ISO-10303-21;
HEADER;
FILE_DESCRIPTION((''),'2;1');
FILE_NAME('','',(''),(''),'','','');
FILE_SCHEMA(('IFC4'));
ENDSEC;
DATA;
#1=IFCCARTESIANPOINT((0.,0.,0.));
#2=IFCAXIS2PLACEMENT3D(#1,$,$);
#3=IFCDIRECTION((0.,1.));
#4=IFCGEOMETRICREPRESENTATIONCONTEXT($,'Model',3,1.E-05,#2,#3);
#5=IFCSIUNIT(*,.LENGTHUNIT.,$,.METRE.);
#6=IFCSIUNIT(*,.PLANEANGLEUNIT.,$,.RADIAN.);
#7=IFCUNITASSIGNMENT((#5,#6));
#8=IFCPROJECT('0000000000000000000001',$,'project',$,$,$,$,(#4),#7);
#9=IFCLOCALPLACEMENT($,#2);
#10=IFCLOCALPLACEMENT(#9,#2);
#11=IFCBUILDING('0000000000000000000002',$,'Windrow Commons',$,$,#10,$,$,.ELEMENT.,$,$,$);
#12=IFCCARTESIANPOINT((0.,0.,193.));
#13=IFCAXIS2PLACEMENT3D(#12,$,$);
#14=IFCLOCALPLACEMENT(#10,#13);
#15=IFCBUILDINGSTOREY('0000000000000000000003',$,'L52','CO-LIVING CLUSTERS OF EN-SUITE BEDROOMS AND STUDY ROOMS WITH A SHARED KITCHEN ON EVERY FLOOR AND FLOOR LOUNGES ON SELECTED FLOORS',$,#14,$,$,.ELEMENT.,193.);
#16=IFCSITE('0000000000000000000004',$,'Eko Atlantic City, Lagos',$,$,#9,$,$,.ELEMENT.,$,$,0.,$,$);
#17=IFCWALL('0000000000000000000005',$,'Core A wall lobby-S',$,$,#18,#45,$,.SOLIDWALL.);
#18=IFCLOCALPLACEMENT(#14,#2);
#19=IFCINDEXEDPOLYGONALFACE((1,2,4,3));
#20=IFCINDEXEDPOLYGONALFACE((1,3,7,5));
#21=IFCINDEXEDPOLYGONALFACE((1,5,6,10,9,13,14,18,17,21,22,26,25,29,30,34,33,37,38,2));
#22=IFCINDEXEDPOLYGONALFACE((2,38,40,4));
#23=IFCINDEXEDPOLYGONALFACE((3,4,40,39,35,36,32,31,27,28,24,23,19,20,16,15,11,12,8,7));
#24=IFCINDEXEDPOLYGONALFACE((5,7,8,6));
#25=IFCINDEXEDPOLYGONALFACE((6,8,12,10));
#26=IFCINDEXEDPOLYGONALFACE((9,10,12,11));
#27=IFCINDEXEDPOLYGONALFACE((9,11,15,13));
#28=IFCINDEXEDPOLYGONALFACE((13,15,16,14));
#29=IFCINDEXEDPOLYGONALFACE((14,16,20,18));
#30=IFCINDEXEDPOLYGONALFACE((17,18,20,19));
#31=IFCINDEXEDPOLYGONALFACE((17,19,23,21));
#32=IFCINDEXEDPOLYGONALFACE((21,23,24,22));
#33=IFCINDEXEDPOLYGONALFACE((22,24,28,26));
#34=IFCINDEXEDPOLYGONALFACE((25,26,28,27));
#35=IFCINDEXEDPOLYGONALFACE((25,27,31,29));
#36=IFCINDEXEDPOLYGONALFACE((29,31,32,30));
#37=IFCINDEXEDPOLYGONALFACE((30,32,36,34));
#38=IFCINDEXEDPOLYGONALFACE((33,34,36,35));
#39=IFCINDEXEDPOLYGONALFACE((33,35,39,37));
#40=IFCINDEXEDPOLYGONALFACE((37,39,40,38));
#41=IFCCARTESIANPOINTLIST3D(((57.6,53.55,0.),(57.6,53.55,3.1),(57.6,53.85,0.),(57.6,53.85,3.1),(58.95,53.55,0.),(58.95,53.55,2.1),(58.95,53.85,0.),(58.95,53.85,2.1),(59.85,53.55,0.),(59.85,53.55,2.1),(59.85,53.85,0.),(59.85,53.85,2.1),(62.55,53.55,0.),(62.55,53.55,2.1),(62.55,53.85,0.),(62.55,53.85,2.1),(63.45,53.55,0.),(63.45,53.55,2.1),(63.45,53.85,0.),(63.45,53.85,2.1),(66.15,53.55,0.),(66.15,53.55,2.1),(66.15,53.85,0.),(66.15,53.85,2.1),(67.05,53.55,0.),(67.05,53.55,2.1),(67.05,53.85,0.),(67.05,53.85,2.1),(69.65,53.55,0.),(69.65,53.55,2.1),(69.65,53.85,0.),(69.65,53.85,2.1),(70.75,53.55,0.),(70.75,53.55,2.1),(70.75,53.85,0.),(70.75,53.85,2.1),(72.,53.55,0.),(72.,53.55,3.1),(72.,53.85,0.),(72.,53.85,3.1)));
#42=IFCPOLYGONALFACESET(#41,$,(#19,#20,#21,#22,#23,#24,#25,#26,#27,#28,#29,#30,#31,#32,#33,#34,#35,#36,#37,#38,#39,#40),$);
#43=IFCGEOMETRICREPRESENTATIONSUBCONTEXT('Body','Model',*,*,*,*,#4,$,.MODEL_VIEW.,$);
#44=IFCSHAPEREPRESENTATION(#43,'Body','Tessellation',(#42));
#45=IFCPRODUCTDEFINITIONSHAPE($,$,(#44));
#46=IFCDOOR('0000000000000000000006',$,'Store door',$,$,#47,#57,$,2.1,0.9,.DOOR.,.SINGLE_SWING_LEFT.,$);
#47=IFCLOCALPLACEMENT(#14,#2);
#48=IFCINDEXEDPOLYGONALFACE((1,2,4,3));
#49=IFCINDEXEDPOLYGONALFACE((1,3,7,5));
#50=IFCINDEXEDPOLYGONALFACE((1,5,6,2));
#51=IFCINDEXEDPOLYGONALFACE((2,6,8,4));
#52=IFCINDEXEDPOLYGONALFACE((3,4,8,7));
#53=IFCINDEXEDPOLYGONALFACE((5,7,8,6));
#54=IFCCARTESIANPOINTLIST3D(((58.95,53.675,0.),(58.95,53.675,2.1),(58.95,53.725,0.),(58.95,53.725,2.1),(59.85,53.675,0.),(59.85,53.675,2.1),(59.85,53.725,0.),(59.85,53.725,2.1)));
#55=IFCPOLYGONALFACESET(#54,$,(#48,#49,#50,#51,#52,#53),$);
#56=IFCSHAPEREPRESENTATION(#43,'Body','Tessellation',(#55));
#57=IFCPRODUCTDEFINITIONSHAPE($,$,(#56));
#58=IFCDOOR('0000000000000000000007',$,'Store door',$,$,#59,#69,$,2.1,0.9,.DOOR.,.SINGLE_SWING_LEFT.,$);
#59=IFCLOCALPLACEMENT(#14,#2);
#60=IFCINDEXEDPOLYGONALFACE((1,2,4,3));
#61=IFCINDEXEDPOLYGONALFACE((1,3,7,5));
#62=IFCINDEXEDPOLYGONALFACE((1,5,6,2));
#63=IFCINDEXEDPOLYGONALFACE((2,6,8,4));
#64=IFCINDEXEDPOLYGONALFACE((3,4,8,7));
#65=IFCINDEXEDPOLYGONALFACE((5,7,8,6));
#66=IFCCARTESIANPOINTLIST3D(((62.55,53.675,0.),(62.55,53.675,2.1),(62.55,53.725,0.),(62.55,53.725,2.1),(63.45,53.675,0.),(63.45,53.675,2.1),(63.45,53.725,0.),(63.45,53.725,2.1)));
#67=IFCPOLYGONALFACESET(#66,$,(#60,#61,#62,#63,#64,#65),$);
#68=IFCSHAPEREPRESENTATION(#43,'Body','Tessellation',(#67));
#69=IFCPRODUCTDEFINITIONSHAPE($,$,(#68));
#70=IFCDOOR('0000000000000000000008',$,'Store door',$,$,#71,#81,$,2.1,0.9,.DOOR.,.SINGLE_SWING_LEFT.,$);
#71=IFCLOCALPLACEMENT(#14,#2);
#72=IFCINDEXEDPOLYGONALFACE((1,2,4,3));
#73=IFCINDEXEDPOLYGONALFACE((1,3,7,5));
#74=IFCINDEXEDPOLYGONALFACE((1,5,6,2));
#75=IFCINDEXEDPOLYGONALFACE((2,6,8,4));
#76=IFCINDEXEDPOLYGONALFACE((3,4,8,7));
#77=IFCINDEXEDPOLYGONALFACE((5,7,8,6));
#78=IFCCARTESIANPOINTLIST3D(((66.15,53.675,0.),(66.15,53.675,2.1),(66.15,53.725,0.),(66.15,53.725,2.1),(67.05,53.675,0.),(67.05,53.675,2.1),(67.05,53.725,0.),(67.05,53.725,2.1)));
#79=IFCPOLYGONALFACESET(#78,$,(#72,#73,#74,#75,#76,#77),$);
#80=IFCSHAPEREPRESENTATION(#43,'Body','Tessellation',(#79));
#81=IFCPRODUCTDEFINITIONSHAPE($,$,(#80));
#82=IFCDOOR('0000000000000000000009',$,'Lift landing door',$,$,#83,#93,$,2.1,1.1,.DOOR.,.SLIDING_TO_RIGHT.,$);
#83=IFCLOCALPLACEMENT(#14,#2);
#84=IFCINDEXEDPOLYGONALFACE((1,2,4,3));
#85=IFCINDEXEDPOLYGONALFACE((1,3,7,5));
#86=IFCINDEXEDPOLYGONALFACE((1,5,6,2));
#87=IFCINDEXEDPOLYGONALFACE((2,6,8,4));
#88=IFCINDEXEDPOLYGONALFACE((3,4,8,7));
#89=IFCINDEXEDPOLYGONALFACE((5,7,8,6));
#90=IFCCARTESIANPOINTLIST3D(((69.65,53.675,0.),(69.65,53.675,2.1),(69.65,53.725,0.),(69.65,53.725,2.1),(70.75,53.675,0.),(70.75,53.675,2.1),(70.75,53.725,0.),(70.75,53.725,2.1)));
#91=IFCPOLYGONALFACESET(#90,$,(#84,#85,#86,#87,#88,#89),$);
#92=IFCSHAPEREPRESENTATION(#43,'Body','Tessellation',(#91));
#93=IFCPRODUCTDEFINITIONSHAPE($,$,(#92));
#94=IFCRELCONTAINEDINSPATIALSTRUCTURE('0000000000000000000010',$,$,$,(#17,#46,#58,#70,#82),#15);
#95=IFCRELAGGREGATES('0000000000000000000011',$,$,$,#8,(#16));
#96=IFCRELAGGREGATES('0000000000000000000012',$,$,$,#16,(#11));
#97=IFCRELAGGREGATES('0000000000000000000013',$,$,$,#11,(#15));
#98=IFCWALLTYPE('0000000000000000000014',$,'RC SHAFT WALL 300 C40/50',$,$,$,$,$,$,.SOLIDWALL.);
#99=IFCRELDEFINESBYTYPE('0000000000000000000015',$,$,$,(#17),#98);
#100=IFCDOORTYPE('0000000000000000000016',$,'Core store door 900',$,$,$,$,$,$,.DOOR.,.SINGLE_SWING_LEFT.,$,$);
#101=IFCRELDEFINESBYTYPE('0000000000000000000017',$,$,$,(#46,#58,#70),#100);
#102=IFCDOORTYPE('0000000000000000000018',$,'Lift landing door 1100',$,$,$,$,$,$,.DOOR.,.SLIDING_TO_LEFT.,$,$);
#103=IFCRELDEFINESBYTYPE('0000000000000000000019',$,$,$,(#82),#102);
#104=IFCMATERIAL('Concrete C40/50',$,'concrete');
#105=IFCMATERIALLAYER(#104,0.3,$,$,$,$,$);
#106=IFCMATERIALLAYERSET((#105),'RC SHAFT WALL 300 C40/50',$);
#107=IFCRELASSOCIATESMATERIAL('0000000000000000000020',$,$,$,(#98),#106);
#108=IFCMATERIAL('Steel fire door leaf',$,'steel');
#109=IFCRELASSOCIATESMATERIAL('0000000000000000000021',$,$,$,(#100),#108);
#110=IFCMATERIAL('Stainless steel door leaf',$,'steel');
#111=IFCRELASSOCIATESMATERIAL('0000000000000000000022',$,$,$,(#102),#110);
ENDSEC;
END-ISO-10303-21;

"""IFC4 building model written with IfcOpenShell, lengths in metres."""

from ifc_helpers import new_model, si_unit, direction, frame, frame_2d, origin, place, context, subcontext, project, spatial, rectangle, extrude, material, layer, layer_set, type_object, element, fill, save


model = new_model("IFC4")

# Units and contexts
model_context = context("Model", 3, precision=1e-05, world=origin(), true_north=direction((0.0, 1.0)))
body_context = subcontext(model_context, "Body", "Model", "MODEL_VIEW")
ifc_project = project(units=[si_unit("LENGTHUNIT", "METRE"), si_unit("PLANEANGLEUNIT", "RADIAN")], contexts=[model_context])

# Site, building, storey
site_placement = place(None, origin())
site = spatial("IfcSite", under=ifc_project, at=site_placement, Name="Eko Atlantic City, Lagos", CompositionType="ELEMENT", RefElevation=0.0)
building_placement = place(site_placement, origin())
building = spatial("IfcBuilding", under=site, at=building_placement, Name="Windrow Commons", CompositionType="ELEMENT")
storey_placement = place(building_placement, frame((0.0, 0.0, 193.0)))
storey = spatial("IfcBuildingStorey", under=building, at=storey_placement, Name="L52", Description="CO-LIVING CLUSTERS OF EN-SUITE BEDROOMS AND STUDY ROOMS WITH A SHARED KITCHEN ON EVERY FLOOR AND FLOOR LOUNGES ON SELECTED FLOORS", CompositionType="ELEMENT", Elevation=193.0)

# Wall, openings, doors
ifc_material_1 = material(Name="Concrete C40/50", Category="concrete")
ifc_layer_1 = layer(ifc_material_1, 0.3)
ifc_layer_set_1 = layer_set([ifc_layer_1], Name="RC SHAFT WALL 300 C40/50")
wall_type_1 = type_object("IfcWallType", Name="RC SHAFT WALL 300 C40/50", PredefinedType="SOLIDWALL", material=ifc_layer_set_1)
wall_1_placement = place(storey_placement, frame((57.6, 53.7, 0.0), z_axis=(0.0, 0.0, 1.0), x_axis=(1.0, 0.0, 0.0)))
wall_1 = element("IfcWall", 1, at=wall_1_placement, inside=storey, type_object=wall_type_1, Name="Core A wall lobby-S", PredefinedType="SOLIDWALL", context=body_context, shape_type="SweptSolid", body=[
    extrude(rectangle(XDim=14.4, YDim=0.3, at=frame_2d((7.2, 0.0))), origin(), (0.0, 0.0, 1.0), 3.1),
])
opening_1_placement = place(wall_1_placement, frame((1.35, 0.0, 0.0)))
opening_1 = element("IfcOpeningElement", 2, at=opening_1_placement, cuts=wall_1, PredefinedType="OPENING", context=body_context, shape_type="SweptSolid", body=[
    extrude(rectangle(XDim=0.9, YDim=2.1, at=frame_2d((0.45, 1.05))), frame((0.0, 0.16, 0.0), z_axis=(0.0, -1.0, 0.0), x_axis=(1.0, 0.0, 0.0)), (0.0, 0.0, 1.0), 0.32),
])
opening_2_placement = place(wall_1_placement, frame((4.95, 0.0, 0.0)))
opening_2 = element("IfcOpeningElement", 3, at=opening_2_placement, cuts=wall_1, PredefinedType="OPENING", context=body_context, shape_type="SweptSolid", body=[
    extrude(rectangle(XDim=0.9, YDim=2.1, at=frame_2d((0.45, 1.05))), frame((0.0, 0.16, 0.0), z_axis=(0.0, -1.0, 0.0), x_axis=(1.0, 0.0, 0.0)), (0.0, 0.0, 1.0), 0.32),
])
opening_3_placement = place(wall_1_placement, frame((8.55, 0.0, 0.0)))
opening_3 = element("IfcOpeningElement", 4, at=opening_3_placement, cuts=wall_1, PredefinedType="OPENING", context=body_context, shape_type="SweptSolid", body=[
    extrude(rectangle(XDim=0.9, YDim=2.1, at=frame_2d((0.45, 1.05))), frame((0.0, 0.16, 0.0), z_axis=(0.0, -1.0, 0.0), x_axis=(1.0, 0.0, 0.0)), (0.0, 0.0, 1.0), 0.32),
])
opening_4_placement = place(wall_1_placement, frame((12.05, 0.0, 0.0)))
opening_4 = element("IfcOpeningElement", 5, at=opening_4_placement, cuts=wall_1, PredefinedType="OPENING", context=body_context, shape_type="SweptSolid", body=[
    extrude(rectangle(XDim=1.1, YDim=2.1, at=frame_2d((0.55, 1.05))), frame((0.0, 0.16, 0.0), z_axis=(0.0, -1.0, 0.0), x_axis=(1.0, 0.0, 0.0)), (0.0, 0.0, 1.0), 0.32),
])
ifc_material_2 = material(Name="Steel fire door leaf", Category="steel")
door_type_1 = type_object("IfcDoorType", Name="Core store door 900", OperationType="SINGLE_SWING_LEFT", PredefinedType="DOOR", material=ifc_material_2)
door_1_placement = place(opening_1_placement, origin())
door_1 = element("IfcDoor", 6, at=door_1_placement, inside=storey, type_object=door_type_1, Name="Store door", OperationType="SINGLE_SWING_LEFT", OverallHeight=2.1, OverallWidth=0.9, PredefinedType="DOOR", context=body_context, shape_type="SweptSolid", body=[
    extrude(rectangle(XDim=0.9, YDim=2.1, at=frame_2d((0.45, 1.05))), frame((0.0, 0.025, 0.0), z_axis=(0.0, -1.0, 0.0), x_axis=(1.0, 0.0, 0.0)), (0.0, 0.0, 1.0), 0.05),
])
fill(opening_1, door_1)
door_2_placement = place(opening_2_placement, origin())
door_2 = element("IfcDoor", 7, at=door_2_placement, inside=storey, type_object=door_type_1, Name="Store door", OperationType="SINGLE_SWING_LEFT", OverallHeight=2.1, OverallWidth=0.9, PredefinedType="DOOR", context=body_context, shape_type="SweptSolid", body=[
    extrude(rectangle(XDim=0.9, YDim=2.1, at=frame_2d((0.45, 1.05))), frame((0.0, 0.025, 0.0), z_axis=(0.0, -1.0, 0.0), x_axis=(1.0, 0.0, 0.0)), (0.0, 0.0, 1.0), 0.05),
])
fill(opening_2, door_2)
door_3_placement = place(opening_3_placement, origin())
door_3 = element("IfcDoor", 8, at=door_3_placement, inside=storey, type_object=door_type_1, Name="Store door", OperationType="SINGLE_SWING_LEFT", OverallHeight=2.1, OverallWidth=0.9, PredefinedType="DOOR", context=body_context, shape_type="SweptSolid", body=[
    extrude(rectangle(XDim=0.9, YDim=2.1, at=frame_2d((0.45, 1.05))), frame((0.0, 0.025, 0.0), z_axis=(0.0, -1.0, 0.0), x_axis=(1.0, 0.0, 0.0)), (0.0, 0.0, 1.0), 0.05),
])
fill(opening_3, door_3)
ifc_material_3 = material(Name="Stainless steel door leaf", Category="steel")
door_type_2 = type_object("IfcDoorType", Name="Lift landing door 1100", OperationType="SLIDING_TO_LEFT", PredefinedType="DOOR", material=ifc_material_3)
door_4_placement = place(opening_4_placement, origin())
door_4 = element("IfcDoor", 9, at=door_4_placement, inside=storey, type_object=door_type_2, Name="Lift landing door", OperationType="SLIDING_TO_RIGHT", OverallHeight=2.1, OverallWidth=1.1, PredefinedType="DOOR", context=body_context, shape_type="SweptSolid", body=[
    extrude(rectangle(XDim=1.1, YDim=2.1, at=frame_2d((0.55, 1.05))), frame((0.0, 0.025, 0.0), z_axis=(0.0, -1.0, 0.0), x_axis=(1.0, 0.0, 0.0)), (0.0, 0.0, 1.0), 0.05),
])
fill(opening_4, door_4)

save(model, "model.ifc")
